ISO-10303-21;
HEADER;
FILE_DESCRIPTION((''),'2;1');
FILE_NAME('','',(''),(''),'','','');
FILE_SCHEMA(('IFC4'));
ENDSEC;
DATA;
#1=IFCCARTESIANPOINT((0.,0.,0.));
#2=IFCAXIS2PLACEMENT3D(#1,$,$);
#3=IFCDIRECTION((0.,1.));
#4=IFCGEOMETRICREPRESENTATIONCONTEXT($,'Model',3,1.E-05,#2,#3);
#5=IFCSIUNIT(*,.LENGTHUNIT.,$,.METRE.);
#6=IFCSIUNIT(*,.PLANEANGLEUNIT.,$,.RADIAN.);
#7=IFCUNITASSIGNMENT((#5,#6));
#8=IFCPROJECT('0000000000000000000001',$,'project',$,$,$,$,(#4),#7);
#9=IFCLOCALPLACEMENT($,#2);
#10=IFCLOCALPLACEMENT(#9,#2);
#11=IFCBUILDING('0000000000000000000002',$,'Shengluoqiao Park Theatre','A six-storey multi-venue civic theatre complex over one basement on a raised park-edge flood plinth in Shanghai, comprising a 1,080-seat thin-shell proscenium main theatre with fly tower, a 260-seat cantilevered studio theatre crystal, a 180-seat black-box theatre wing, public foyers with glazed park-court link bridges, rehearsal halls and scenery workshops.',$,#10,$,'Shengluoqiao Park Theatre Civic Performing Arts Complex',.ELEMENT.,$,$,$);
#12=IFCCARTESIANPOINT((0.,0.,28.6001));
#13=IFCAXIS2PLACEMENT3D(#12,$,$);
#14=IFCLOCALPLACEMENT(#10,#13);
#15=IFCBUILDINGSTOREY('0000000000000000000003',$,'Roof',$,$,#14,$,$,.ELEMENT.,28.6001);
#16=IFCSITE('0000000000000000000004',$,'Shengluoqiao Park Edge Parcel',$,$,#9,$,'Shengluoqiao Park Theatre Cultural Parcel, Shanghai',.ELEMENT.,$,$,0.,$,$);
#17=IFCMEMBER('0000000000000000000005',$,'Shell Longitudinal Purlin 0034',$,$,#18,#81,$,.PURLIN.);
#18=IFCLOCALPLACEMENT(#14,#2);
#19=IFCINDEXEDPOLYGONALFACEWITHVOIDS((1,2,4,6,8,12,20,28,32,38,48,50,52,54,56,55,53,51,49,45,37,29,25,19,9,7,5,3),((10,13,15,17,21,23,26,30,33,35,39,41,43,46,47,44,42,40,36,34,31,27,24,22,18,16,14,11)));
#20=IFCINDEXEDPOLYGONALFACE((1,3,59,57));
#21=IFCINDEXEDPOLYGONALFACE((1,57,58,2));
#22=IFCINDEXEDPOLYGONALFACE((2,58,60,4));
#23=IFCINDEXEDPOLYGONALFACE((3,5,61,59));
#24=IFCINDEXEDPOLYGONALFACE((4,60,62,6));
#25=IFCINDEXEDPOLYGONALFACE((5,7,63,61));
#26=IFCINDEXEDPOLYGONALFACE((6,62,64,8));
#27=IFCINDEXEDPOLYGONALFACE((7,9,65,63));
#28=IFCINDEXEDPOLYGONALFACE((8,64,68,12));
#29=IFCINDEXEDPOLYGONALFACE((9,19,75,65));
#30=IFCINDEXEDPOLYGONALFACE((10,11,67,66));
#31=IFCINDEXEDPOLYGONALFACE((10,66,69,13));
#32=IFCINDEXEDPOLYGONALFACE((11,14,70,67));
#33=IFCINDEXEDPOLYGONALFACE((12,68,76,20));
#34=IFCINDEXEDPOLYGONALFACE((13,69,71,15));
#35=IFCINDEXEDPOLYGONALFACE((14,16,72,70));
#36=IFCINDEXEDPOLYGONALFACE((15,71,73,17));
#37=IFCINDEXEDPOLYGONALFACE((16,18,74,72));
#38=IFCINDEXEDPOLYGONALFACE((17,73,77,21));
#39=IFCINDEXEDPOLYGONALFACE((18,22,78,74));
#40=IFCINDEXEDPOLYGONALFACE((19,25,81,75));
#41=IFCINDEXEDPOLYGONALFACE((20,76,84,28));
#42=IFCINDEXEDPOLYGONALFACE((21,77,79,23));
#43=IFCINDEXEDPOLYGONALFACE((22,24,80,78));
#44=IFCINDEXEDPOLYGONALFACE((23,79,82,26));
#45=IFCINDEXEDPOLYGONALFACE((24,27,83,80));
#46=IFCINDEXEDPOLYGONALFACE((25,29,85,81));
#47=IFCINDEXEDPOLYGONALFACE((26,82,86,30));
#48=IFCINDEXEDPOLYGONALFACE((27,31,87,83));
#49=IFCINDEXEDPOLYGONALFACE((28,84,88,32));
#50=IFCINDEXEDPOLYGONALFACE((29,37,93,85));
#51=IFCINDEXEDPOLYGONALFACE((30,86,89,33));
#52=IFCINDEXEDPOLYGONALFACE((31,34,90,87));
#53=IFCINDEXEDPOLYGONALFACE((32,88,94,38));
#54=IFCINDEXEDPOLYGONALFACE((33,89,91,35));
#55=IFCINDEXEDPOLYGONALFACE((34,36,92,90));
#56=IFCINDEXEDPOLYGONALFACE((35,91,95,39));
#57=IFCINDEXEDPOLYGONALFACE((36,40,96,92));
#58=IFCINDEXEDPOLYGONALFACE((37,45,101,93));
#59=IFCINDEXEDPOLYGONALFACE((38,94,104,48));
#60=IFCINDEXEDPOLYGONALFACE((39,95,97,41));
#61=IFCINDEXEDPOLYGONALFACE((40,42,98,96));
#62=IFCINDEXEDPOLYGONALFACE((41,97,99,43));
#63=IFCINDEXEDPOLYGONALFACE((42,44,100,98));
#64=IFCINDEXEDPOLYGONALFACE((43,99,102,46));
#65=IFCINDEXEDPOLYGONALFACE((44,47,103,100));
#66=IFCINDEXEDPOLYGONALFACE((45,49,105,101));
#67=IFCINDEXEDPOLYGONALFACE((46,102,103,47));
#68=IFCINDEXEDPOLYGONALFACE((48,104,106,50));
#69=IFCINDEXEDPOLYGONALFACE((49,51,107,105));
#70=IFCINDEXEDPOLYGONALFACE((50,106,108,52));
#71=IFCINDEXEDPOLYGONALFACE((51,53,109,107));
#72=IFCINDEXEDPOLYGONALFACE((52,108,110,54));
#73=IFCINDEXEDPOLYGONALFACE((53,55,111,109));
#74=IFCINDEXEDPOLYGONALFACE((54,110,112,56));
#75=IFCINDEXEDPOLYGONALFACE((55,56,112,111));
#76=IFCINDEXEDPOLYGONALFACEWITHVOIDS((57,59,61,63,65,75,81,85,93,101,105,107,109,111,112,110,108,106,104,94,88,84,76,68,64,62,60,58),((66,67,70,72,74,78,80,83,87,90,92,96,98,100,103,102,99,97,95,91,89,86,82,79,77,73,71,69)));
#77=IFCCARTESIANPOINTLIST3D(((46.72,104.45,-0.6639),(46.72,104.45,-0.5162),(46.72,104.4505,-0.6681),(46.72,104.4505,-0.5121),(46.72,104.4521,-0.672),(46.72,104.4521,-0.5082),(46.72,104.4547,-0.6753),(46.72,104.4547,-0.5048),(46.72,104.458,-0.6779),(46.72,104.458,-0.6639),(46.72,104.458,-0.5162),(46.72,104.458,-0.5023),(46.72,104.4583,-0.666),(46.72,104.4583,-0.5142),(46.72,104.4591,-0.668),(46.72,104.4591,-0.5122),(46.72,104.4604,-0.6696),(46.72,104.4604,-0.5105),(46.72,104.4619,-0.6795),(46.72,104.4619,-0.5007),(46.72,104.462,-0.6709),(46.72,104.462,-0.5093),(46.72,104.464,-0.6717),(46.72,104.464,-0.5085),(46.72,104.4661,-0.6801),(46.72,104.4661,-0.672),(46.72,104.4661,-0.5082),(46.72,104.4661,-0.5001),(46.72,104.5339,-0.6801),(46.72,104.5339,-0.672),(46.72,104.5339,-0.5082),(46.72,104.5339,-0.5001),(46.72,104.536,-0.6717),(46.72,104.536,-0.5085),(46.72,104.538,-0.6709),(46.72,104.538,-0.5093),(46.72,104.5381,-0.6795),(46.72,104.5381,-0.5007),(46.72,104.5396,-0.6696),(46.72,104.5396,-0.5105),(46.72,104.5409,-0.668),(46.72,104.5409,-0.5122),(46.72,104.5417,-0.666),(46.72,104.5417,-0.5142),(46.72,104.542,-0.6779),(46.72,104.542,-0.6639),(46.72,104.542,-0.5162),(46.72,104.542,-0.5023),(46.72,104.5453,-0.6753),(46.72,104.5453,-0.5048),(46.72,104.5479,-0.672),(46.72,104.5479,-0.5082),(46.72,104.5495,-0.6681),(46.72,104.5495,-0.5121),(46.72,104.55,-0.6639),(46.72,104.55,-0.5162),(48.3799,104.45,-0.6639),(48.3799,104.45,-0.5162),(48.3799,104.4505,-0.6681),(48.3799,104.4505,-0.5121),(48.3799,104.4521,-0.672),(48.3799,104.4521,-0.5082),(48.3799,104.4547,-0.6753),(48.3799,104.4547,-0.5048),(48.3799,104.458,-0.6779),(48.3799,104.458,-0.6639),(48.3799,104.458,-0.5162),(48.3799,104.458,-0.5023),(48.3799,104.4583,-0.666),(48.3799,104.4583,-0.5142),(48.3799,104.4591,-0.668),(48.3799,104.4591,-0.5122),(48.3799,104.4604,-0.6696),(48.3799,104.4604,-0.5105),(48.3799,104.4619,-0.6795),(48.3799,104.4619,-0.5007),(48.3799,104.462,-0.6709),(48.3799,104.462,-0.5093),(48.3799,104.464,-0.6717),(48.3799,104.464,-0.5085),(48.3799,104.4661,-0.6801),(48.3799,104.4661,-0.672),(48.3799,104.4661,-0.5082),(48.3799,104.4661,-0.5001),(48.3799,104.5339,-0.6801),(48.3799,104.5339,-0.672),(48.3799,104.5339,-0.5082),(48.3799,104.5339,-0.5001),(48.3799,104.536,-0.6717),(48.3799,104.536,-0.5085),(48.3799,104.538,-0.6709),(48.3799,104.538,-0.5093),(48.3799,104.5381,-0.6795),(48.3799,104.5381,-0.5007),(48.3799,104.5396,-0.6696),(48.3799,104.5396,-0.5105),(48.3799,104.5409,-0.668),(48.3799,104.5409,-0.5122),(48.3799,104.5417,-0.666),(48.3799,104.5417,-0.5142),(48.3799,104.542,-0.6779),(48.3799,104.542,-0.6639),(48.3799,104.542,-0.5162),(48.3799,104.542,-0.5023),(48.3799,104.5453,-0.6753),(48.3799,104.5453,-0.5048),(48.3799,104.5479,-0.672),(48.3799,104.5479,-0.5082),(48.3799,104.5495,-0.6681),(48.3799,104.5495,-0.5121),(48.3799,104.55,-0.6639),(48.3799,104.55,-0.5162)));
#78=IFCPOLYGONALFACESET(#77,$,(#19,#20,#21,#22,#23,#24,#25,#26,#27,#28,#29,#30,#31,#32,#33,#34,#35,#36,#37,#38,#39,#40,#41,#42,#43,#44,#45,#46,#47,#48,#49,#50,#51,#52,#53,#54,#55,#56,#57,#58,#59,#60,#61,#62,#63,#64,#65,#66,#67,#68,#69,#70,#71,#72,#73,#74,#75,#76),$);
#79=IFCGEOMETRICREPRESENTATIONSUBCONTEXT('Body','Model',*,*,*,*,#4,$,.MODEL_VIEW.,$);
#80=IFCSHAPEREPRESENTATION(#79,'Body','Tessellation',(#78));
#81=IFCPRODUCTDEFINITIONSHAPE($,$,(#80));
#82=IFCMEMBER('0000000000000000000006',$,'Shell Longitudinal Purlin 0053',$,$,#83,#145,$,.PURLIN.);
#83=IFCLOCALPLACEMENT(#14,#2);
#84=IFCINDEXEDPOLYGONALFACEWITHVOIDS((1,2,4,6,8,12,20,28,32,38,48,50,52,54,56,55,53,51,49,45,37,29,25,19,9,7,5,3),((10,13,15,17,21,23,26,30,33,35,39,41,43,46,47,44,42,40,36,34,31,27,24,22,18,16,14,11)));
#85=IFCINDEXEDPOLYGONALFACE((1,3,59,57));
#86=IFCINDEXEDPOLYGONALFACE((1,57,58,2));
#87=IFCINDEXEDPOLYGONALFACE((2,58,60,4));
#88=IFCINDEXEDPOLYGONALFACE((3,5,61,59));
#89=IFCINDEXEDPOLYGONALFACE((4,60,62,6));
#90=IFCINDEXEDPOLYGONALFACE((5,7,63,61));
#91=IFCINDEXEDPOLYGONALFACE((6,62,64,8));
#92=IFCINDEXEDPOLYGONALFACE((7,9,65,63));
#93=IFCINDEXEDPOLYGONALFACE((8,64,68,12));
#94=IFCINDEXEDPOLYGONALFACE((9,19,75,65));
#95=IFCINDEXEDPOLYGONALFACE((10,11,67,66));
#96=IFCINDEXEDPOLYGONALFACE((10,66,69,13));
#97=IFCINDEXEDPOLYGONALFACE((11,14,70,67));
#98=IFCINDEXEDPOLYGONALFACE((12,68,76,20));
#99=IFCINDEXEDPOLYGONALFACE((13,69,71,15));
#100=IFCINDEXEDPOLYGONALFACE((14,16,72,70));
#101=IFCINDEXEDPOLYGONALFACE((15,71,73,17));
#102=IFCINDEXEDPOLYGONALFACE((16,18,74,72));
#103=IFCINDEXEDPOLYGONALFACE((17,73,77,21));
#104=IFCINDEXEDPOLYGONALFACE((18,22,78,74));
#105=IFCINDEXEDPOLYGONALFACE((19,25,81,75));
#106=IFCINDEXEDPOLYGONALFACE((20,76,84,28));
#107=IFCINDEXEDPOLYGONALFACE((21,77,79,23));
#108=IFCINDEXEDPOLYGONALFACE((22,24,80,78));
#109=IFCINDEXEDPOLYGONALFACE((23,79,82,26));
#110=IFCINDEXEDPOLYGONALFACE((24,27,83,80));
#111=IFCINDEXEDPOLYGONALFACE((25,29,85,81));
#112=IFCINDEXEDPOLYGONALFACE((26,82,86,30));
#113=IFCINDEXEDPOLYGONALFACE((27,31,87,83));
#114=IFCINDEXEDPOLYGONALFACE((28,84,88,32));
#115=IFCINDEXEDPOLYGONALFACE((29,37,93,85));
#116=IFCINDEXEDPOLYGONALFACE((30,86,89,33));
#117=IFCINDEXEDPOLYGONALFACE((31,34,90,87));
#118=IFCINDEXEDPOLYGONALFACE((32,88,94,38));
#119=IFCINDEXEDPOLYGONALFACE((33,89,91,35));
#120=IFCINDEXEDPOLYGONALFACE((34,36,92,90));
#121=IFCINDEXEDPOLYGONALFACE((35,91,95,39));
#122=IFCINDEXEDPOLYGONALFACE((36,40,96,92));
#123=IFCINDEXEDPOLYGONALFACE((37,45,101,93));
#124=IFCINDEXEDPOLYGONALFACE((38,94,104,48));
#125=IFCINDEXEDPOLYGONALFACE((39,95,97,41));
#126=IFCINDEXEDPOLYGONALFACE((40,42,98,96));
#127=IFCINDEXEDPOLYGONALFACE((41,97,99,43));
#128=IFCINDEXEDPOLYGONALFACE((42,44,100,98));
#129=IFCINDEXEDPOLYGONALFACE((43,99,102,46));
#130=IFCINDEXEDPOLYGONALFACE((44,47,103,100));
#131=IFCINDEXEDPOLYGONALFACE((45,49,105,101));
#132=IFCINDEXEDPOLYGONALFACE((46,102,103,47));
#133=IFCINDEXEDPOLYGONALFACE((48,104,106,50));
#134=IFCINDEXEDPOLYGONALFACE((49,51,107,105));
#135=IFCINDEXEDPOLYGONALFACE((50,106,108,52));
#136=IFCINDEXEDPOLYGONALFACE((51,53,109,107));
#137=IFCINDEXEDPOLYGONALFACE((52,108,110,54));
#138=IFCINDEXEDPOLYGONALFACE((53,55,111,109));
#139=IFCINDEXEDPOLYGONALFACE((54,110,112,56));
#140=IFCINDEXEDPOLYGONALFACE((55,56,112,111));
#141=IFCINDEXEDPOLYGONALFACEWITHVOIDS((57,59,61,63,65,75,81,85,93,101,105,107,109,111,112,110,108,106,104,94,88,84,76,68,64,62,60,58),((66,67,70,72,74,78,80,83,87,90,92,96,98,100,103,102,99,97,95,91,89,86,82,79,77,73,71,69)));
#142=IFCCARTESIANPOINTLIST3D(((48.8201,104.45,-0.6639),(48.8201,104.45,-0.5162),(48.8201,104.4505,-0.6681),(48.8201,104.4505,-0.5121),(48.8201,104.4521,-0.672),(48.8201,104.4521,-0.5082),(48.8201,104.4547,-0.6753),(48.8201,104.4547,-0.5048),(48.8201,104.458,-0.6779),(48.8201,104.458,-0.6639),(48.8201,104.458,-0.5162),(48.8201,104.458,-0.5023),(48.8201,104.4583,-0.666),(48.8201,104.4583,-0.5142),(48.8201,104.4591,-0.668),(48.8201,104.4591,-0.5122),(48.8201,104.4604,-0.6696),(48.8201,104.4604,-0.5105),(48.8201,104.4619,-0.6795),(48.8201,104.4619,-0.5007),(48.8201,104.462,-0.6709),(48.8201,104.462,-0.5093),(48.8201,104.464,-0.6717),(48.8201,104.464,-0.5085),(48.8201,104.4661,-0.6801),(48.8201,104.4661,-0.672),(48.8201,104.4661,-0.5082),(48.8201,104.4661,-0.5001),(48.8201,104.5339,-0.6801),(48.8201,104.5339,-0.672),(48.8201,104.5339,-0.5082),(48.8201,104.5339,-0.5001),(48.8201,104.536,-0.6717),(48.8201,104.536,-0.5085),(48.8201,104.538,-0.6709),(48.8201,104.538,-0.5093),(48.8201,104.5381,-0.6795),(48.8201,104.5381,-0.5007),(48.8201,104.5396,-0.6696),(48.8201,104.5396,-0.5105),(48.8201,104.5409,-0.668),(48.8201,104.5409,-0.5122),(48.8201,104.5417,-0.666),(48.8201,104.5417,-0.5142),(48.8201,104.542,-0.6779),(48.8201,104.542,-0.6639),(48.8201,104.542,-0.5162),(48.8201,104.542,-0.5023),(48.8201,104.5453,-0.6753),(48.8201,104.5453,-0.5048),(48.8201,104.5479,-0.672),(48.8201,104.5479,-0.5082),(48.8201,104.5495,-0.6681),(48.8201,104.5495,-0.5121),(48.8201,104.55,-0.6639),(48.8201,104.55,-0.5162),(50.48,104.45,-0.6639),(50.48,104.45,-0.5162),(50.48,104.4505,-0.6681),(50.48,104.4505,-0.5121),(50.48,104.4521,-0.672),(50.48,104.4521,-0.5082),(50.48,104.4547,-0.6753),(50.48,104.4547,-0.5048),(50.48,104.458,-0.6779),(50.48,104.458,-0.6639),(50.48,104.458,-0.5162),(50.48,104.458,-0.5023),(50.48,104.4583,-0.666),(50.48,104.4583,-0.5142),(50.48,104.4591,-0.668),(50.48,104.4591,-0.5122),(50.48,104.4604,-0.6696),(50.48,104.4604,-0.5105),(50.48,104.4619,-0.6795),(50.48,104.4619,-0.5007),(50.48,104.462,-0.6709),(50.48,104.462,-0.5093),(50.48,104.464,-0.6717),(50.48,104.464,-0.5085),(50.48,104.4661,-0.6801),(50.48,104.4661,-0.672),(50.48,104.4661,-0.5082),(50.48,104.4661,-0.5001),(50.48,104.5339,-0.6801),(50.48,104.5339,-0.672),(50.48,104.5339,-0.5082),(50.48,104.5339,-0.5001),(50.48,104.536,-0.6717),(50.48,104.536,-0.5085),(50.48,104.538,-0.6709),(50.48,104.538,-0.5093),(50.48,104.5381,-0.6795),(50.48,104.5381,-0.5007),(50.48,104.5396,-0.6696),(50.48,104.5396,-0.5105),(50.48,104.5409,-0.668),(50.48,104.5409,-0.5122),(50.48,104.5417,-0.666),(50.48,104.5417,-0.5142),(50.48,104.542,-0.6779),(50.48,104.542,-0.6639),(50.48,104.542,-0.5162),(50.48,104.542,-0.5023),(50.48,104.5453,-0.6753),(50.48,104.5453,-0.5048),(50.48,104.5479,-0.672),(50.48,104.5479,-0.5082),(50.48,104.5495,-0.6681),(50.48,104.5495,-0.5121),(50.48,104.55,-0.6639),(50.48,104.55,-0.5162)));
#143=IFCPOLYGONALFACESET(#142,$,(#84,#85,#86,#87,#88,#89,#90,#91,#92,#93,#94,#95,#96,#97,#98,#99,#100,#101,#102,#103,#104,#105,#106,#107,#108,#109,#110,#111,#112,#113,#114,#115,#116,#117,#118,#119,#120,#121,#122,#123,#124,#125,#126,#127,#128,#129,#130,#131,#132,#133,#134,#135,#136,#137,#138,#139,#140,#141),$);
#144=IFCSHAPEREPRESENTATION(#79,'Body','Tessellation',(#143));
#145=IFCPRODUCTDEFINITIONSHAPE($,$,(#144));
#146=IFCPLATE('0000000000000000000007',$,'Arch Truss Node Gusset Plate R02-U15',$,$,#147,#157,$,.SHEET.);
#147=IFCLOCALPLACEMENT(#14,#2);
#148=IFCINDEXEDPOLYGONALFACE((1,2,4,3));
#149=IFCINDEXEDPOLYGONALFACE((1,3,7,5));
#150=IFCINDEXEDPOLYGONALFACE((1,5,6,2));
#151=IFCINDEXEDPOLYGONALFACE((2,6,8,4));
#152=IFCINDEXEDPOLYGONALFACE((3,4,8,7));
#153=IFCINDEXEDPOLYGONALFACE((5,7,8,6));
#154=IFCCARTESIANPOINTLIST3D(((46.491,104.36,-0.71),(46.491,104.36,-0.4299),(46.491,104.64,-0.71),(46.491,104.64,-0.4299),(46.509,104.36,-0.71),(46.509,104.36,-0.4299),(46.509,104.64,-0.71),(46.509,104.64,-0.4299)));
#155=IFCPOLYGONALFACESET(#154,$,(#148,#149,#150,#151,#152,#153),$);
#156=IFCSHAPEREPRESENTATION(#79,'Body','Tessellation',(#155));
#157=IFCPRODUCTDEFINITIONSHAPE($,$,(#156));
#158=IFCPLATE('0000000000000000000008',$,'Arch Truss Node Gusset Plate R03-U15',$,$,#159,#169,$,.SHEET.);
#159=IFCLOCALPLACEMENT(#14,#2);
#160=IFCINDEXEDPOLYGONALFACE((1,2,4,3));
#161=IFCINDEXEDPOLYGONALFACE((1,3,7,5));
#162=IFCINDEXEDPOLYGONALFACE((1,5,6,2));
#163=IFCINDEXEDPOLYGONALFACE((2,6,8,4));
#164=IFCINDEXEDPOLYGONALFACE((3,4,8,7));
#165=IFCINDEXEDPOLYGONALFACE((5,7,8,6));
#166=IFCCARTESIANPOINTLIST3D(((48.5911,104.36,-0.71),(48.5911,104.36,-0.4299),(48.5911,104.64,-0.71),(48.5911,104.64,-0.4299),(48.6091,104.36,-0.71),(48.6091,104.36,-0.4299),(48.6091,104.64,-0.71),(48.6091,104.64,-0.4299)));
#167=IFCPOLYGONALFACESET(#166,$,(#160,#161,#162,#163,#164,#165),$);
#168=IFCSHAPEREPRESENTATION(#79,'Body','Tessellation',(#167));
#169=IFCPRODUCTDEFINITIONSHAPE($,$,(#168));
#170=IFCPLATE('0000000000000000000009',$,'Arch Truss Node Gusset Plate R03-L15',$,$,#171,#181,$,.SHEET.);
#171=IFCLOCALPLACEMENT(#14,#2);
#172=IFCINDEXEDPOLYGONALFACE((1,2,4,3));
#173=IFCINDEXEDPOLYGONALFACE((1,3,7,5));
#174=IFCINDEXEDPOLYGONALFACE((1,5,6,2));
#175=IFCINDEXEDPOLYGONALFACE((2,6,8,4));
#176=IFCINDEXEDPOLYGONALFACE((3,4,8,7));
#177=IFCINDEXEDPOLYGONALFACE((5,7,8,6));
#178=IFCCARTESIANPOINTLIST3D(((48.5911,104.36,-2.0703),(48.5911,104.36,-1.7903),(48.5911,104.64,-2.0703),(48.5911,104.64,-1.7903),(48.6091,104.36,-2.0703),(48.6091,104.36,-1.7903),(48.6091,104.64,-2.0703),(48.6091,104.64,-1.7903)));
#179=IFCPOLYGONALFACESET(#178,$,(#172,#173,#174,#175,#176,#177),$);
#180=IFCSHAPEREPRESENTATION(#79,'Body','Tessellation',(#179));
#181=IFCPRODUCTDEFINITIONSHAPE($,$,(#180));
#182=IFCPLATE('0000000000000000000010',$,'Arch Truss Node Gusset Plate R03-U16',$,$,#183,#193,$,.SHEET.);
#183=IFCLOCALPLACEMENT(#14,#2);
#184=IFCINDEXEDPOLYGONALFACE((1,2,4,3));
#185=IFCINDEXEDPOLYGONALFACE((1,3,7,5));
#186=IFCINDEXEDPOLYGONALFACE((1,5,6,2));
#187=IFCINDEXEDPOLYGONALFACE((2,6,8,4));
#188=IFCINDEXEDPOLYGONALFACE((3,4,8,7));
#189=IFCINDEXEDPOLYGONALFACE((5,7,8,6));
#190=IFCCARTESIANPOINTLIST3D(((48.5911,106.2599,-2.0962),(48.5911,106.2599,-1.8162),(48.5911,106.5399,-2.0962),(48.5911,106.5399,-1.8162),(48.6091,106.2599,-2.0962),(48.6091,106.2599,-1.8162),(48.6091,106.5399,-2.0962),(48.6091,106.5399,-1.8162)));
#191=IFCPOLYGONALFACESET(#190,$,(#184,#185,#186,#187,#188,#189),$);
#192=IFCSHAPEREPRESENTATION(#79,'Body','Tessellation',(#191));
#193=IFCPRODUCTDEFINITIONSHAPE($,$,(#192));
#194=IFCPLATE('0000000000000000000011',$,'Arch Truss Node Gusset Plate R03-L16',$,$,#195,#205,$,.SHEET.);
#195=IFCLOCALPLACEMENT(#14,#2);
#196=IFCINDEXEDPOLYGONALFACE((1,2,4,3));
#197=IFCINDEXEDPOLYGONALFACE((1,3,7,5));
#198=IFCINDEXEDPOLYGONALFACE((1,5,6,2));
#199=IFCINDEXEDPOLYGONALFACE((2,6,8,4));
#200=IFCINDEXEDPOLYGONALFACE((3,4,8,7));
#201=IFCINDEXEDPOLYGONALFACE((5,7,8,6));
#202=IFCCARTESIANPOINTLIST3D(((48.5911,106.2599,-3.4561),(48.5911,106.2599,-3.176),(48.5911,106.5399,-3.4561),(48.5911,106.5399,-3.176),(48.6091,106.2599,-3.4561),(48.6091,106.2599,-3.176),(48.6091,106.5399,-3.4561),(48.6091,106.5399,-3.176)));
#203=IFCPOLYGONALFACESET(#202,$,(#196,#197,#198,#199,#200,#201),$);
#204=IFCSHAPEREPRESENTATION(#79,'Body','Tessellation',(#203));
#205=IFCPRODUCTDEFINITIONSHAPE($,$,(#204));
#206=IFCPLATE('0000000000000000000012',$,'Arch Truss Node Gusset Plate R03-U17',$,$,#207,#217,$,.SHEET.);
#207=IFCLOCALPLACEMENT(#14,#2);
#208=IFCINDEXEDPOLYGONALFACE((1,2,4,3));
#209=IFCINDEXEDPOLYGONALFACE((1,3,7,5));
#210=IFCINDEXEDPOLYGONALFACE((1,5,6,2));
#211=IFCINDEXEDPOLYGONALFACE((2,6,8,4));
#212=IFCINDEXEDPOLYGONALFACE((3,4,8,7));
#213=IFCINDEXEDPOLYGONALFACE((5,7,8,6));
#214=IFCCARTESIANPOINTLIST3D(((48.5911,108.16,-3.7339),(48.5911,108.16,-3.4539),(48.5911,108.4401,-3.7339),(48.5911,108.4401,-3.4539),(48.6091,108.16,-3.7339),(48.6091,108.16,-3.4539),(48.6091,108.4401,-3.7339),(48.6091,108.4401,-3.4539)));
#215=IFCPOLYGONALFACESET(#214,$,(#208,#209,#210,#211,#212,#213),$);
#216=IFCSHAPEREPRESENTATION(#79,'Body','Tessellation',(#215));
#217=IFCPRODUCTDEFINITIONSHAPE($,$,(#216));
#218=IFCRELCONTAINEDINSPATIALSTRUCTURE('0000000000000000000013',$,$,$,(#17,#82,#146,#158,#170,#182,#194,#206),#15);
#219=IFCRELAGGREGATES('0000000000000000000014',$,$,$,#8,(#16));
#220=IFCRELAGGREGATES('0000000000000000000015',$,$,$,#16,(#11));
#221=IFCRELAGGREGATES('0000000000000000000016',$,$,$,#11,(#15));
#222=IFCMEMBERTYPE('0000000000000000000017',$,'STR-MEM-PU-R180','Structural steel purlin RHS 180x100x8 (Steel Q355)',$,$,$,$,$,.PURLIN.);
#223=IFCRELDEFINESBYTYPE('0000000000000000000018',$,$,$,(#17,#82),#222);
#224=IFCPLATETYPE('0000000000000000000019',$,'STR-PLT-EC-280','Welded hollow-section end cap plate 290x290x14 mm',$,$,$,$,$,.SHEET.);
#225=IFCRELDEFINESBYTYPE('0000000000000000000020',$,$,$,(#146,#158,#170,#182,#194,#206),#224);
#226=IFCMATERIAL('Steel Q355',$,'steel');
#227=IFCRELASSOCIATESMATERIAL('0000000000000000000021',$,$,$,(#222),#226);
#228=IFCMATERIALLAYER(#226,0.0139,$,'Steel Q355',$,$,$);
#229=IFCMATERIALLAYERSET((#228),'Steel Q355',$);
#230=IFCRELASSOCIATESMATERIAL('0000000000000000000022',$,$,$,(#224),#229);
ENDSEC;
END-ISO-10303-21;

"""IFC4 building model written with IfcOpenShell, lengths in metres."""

from ifc_helpers import new_model, si_unit, direction, frame, origin, origin_2d, place, context, subcontext, project, spatial, rectangle, hollow_rectangle, extrude, material, layer, layer_set, material_profile, profile_set, type_object, element, save


model = new_model("IFC4")

# Units and contexts
model_context = context("Model", 3, precision=1e-05, world=origin(), true_north=direction((0.0, 1.0)))
body_context = subcontext(model_context, "Body", "Model", "MODEL_VIEW")
ifc_project = project(units=[si_unit("LENGTHUNIT", "METRE"), si_unit("PLANEANGLEUNIT", "RADIAN")], contexts=[model_context])

# Site, building, storey
site_placement = place(None, origin())
site = spatial("IfcSite", under=ifc_project, at=site_placement, Name="Shengluoqiao Park Edge Parcel", LongName="Shengluoqiao Park Theatre Cultural Parcel, Shanghai", CompositionType="ELEMENT", RefElevation=0.0)
building_placement = place(site_placement, origin())
building = spatial("IfcBuilding", under=site, at=building_placement, Name="Shengluoqiao Park Theatre", Description="A six-storey multi-venue civic theatre complex over one basement on a raised park-edge flood plinth in Shanghai, comprising a 1,080-seat thin-shell proscenium main theatre with fly tower, a 260-seat cantilevered studio theatre crystal, a 180-seat black-box theatre wing, public foyers with glazed park-court link bridges, rehearsal halls and scenery workshops.", LongName="Shengluoqiao Park Theatre Civic Performing Arts Complex", CompositionType="ELEMENT")
storey_placement = place(building_placement, frame((0.0, 0.0, 28.6001)))
storey = spatial("IfcBuildingStorey", under=building, at=storey_placement, Name="Roof", CompositionType="ELEMENT", Elevation=28.6001)

# Shared definitions
ifc_material_1 = material(Name="Steel Q355", Category="steel")

# Members
ifc_material_profile_1 = material_profile(ifc_material_1, hollow_rectangle(XDim=0.1001, YDim=0.1799, WallThickness=0.0081, InnerFilletRadius=0.0081, OuterFilletRadius=0.0161, at=origin_2d()), Name="RHS 180x100x8")
ifc_profile_set_1 = profile_set([ifc_material_profile_1], Name="Steel Q355")
member_type_1 = type_object("IfcMemberType", Name="STR-MEM-PU-R180", Description="Structural steel purlin RHS 180x100x8 (Steel Q355)", PredefinedType="PURLIN", material=ifc_profile_set_1)
for number, where, z_axis, x_axis, name in (
    (1, (46.72, 104.5, -0.5901), (1.0, 0.0, 0.0), (0.0, 1.0, 0.0), "Shell Longitudinal Purlin 0034"),
    (2, (48.8201, 104.5, -0.5901), (1.0, 0.0, 0.0), (0.0, 1.0, 0.0), "Shell Longitudinal Purlin 0053"),
):
    element("IfcMember", number, at=place(storey_placement, frame(where, z_axis=z_axis, x_axis=x_axis)), inside=storey, type_object=member_type_1, Name=name, PredefinedType="PURLIN", context=body_context, shape_type="SweptSolid", body=[
        extrude(hollow_rectangle(XDim=0.1001, YDim=0.1799, WallThickness=0.0081, InnerFilletRadius=0.0081, OuterFilletRadius=0.0161, at=origin_2d()), origin(), (0.0, 0.0, 1.0), 1.6599),
    ])

# Plates
ifc_layer_1 = layer(ifc_material_1, 0.0139, Name="Steel Q355")
ifc_layer_set_1 = layer_set([ifc_layer_1], Name="Steel Q355")
plate_type_1 = type_object("IfcPlateType", Name="STR-PLT-EC-280", Description="Welded hollow-section end cap plate 290x290x14 mm", PredefinedType="SHEET", material=ifc_layer_set_1)
for number, where, z_axis, x_axis, name in (
    (3, (46.5, 104.5, -0.71), (0.0, 0.0, 1.0), (1.0, 0.0, 0.0), "Arch Truss Node Gusset Plate R02-U15"),
    (4, (48.6001, 104.5, -0.71), (0.0, 0.0, 1.0), (1.0, 0.0, 0.0), "Arch Truss Node Gusset Plate R03-U15"),
    (5, (48.6001, 104.5, -2.0703), (0.0, 0.0, 1.0), (1.0, 0.0, 0.0), "Arch Truss Node Gusset Plate R03-L15"),
    (6, (48.6001, 106.3999, -2.0962), (0.0, 0.0, 1.0), (1.0, 0.0, 0.0), "Arch Truss Node Gusset Plate R03-U16"),
    (7, (48.6001, 106.3999, -3.4561), (0.0, 0.0, 1.0), (1.0, 0.0, 0.0), "Arch Truss Node Gusset Plate R03-L16"),
    (8, (48.6001, 108.3, -3.7339), (0.0, 0.0, 1.0), (1.0, 0.0, 0.0), "Arch Truss Node Gusset Plate R03-U17"),
):
    element("IfcPlate", number, at=place(storey_placement, frame(where, z_axis=z_axis, x_axis=x_axis)), inside=storey, type_object=plate_type_1, Name=name, PredefinedType="SHEET", context=body_context, shape_type="SweptSolid", body=[
        extrude(rectangle(XDim=0.0181, YDim=0.28, at=origin_2d()), origin(), (0.0, 0.0, 1.0), 0.28),
    ])

save(model, "model.ifc")
